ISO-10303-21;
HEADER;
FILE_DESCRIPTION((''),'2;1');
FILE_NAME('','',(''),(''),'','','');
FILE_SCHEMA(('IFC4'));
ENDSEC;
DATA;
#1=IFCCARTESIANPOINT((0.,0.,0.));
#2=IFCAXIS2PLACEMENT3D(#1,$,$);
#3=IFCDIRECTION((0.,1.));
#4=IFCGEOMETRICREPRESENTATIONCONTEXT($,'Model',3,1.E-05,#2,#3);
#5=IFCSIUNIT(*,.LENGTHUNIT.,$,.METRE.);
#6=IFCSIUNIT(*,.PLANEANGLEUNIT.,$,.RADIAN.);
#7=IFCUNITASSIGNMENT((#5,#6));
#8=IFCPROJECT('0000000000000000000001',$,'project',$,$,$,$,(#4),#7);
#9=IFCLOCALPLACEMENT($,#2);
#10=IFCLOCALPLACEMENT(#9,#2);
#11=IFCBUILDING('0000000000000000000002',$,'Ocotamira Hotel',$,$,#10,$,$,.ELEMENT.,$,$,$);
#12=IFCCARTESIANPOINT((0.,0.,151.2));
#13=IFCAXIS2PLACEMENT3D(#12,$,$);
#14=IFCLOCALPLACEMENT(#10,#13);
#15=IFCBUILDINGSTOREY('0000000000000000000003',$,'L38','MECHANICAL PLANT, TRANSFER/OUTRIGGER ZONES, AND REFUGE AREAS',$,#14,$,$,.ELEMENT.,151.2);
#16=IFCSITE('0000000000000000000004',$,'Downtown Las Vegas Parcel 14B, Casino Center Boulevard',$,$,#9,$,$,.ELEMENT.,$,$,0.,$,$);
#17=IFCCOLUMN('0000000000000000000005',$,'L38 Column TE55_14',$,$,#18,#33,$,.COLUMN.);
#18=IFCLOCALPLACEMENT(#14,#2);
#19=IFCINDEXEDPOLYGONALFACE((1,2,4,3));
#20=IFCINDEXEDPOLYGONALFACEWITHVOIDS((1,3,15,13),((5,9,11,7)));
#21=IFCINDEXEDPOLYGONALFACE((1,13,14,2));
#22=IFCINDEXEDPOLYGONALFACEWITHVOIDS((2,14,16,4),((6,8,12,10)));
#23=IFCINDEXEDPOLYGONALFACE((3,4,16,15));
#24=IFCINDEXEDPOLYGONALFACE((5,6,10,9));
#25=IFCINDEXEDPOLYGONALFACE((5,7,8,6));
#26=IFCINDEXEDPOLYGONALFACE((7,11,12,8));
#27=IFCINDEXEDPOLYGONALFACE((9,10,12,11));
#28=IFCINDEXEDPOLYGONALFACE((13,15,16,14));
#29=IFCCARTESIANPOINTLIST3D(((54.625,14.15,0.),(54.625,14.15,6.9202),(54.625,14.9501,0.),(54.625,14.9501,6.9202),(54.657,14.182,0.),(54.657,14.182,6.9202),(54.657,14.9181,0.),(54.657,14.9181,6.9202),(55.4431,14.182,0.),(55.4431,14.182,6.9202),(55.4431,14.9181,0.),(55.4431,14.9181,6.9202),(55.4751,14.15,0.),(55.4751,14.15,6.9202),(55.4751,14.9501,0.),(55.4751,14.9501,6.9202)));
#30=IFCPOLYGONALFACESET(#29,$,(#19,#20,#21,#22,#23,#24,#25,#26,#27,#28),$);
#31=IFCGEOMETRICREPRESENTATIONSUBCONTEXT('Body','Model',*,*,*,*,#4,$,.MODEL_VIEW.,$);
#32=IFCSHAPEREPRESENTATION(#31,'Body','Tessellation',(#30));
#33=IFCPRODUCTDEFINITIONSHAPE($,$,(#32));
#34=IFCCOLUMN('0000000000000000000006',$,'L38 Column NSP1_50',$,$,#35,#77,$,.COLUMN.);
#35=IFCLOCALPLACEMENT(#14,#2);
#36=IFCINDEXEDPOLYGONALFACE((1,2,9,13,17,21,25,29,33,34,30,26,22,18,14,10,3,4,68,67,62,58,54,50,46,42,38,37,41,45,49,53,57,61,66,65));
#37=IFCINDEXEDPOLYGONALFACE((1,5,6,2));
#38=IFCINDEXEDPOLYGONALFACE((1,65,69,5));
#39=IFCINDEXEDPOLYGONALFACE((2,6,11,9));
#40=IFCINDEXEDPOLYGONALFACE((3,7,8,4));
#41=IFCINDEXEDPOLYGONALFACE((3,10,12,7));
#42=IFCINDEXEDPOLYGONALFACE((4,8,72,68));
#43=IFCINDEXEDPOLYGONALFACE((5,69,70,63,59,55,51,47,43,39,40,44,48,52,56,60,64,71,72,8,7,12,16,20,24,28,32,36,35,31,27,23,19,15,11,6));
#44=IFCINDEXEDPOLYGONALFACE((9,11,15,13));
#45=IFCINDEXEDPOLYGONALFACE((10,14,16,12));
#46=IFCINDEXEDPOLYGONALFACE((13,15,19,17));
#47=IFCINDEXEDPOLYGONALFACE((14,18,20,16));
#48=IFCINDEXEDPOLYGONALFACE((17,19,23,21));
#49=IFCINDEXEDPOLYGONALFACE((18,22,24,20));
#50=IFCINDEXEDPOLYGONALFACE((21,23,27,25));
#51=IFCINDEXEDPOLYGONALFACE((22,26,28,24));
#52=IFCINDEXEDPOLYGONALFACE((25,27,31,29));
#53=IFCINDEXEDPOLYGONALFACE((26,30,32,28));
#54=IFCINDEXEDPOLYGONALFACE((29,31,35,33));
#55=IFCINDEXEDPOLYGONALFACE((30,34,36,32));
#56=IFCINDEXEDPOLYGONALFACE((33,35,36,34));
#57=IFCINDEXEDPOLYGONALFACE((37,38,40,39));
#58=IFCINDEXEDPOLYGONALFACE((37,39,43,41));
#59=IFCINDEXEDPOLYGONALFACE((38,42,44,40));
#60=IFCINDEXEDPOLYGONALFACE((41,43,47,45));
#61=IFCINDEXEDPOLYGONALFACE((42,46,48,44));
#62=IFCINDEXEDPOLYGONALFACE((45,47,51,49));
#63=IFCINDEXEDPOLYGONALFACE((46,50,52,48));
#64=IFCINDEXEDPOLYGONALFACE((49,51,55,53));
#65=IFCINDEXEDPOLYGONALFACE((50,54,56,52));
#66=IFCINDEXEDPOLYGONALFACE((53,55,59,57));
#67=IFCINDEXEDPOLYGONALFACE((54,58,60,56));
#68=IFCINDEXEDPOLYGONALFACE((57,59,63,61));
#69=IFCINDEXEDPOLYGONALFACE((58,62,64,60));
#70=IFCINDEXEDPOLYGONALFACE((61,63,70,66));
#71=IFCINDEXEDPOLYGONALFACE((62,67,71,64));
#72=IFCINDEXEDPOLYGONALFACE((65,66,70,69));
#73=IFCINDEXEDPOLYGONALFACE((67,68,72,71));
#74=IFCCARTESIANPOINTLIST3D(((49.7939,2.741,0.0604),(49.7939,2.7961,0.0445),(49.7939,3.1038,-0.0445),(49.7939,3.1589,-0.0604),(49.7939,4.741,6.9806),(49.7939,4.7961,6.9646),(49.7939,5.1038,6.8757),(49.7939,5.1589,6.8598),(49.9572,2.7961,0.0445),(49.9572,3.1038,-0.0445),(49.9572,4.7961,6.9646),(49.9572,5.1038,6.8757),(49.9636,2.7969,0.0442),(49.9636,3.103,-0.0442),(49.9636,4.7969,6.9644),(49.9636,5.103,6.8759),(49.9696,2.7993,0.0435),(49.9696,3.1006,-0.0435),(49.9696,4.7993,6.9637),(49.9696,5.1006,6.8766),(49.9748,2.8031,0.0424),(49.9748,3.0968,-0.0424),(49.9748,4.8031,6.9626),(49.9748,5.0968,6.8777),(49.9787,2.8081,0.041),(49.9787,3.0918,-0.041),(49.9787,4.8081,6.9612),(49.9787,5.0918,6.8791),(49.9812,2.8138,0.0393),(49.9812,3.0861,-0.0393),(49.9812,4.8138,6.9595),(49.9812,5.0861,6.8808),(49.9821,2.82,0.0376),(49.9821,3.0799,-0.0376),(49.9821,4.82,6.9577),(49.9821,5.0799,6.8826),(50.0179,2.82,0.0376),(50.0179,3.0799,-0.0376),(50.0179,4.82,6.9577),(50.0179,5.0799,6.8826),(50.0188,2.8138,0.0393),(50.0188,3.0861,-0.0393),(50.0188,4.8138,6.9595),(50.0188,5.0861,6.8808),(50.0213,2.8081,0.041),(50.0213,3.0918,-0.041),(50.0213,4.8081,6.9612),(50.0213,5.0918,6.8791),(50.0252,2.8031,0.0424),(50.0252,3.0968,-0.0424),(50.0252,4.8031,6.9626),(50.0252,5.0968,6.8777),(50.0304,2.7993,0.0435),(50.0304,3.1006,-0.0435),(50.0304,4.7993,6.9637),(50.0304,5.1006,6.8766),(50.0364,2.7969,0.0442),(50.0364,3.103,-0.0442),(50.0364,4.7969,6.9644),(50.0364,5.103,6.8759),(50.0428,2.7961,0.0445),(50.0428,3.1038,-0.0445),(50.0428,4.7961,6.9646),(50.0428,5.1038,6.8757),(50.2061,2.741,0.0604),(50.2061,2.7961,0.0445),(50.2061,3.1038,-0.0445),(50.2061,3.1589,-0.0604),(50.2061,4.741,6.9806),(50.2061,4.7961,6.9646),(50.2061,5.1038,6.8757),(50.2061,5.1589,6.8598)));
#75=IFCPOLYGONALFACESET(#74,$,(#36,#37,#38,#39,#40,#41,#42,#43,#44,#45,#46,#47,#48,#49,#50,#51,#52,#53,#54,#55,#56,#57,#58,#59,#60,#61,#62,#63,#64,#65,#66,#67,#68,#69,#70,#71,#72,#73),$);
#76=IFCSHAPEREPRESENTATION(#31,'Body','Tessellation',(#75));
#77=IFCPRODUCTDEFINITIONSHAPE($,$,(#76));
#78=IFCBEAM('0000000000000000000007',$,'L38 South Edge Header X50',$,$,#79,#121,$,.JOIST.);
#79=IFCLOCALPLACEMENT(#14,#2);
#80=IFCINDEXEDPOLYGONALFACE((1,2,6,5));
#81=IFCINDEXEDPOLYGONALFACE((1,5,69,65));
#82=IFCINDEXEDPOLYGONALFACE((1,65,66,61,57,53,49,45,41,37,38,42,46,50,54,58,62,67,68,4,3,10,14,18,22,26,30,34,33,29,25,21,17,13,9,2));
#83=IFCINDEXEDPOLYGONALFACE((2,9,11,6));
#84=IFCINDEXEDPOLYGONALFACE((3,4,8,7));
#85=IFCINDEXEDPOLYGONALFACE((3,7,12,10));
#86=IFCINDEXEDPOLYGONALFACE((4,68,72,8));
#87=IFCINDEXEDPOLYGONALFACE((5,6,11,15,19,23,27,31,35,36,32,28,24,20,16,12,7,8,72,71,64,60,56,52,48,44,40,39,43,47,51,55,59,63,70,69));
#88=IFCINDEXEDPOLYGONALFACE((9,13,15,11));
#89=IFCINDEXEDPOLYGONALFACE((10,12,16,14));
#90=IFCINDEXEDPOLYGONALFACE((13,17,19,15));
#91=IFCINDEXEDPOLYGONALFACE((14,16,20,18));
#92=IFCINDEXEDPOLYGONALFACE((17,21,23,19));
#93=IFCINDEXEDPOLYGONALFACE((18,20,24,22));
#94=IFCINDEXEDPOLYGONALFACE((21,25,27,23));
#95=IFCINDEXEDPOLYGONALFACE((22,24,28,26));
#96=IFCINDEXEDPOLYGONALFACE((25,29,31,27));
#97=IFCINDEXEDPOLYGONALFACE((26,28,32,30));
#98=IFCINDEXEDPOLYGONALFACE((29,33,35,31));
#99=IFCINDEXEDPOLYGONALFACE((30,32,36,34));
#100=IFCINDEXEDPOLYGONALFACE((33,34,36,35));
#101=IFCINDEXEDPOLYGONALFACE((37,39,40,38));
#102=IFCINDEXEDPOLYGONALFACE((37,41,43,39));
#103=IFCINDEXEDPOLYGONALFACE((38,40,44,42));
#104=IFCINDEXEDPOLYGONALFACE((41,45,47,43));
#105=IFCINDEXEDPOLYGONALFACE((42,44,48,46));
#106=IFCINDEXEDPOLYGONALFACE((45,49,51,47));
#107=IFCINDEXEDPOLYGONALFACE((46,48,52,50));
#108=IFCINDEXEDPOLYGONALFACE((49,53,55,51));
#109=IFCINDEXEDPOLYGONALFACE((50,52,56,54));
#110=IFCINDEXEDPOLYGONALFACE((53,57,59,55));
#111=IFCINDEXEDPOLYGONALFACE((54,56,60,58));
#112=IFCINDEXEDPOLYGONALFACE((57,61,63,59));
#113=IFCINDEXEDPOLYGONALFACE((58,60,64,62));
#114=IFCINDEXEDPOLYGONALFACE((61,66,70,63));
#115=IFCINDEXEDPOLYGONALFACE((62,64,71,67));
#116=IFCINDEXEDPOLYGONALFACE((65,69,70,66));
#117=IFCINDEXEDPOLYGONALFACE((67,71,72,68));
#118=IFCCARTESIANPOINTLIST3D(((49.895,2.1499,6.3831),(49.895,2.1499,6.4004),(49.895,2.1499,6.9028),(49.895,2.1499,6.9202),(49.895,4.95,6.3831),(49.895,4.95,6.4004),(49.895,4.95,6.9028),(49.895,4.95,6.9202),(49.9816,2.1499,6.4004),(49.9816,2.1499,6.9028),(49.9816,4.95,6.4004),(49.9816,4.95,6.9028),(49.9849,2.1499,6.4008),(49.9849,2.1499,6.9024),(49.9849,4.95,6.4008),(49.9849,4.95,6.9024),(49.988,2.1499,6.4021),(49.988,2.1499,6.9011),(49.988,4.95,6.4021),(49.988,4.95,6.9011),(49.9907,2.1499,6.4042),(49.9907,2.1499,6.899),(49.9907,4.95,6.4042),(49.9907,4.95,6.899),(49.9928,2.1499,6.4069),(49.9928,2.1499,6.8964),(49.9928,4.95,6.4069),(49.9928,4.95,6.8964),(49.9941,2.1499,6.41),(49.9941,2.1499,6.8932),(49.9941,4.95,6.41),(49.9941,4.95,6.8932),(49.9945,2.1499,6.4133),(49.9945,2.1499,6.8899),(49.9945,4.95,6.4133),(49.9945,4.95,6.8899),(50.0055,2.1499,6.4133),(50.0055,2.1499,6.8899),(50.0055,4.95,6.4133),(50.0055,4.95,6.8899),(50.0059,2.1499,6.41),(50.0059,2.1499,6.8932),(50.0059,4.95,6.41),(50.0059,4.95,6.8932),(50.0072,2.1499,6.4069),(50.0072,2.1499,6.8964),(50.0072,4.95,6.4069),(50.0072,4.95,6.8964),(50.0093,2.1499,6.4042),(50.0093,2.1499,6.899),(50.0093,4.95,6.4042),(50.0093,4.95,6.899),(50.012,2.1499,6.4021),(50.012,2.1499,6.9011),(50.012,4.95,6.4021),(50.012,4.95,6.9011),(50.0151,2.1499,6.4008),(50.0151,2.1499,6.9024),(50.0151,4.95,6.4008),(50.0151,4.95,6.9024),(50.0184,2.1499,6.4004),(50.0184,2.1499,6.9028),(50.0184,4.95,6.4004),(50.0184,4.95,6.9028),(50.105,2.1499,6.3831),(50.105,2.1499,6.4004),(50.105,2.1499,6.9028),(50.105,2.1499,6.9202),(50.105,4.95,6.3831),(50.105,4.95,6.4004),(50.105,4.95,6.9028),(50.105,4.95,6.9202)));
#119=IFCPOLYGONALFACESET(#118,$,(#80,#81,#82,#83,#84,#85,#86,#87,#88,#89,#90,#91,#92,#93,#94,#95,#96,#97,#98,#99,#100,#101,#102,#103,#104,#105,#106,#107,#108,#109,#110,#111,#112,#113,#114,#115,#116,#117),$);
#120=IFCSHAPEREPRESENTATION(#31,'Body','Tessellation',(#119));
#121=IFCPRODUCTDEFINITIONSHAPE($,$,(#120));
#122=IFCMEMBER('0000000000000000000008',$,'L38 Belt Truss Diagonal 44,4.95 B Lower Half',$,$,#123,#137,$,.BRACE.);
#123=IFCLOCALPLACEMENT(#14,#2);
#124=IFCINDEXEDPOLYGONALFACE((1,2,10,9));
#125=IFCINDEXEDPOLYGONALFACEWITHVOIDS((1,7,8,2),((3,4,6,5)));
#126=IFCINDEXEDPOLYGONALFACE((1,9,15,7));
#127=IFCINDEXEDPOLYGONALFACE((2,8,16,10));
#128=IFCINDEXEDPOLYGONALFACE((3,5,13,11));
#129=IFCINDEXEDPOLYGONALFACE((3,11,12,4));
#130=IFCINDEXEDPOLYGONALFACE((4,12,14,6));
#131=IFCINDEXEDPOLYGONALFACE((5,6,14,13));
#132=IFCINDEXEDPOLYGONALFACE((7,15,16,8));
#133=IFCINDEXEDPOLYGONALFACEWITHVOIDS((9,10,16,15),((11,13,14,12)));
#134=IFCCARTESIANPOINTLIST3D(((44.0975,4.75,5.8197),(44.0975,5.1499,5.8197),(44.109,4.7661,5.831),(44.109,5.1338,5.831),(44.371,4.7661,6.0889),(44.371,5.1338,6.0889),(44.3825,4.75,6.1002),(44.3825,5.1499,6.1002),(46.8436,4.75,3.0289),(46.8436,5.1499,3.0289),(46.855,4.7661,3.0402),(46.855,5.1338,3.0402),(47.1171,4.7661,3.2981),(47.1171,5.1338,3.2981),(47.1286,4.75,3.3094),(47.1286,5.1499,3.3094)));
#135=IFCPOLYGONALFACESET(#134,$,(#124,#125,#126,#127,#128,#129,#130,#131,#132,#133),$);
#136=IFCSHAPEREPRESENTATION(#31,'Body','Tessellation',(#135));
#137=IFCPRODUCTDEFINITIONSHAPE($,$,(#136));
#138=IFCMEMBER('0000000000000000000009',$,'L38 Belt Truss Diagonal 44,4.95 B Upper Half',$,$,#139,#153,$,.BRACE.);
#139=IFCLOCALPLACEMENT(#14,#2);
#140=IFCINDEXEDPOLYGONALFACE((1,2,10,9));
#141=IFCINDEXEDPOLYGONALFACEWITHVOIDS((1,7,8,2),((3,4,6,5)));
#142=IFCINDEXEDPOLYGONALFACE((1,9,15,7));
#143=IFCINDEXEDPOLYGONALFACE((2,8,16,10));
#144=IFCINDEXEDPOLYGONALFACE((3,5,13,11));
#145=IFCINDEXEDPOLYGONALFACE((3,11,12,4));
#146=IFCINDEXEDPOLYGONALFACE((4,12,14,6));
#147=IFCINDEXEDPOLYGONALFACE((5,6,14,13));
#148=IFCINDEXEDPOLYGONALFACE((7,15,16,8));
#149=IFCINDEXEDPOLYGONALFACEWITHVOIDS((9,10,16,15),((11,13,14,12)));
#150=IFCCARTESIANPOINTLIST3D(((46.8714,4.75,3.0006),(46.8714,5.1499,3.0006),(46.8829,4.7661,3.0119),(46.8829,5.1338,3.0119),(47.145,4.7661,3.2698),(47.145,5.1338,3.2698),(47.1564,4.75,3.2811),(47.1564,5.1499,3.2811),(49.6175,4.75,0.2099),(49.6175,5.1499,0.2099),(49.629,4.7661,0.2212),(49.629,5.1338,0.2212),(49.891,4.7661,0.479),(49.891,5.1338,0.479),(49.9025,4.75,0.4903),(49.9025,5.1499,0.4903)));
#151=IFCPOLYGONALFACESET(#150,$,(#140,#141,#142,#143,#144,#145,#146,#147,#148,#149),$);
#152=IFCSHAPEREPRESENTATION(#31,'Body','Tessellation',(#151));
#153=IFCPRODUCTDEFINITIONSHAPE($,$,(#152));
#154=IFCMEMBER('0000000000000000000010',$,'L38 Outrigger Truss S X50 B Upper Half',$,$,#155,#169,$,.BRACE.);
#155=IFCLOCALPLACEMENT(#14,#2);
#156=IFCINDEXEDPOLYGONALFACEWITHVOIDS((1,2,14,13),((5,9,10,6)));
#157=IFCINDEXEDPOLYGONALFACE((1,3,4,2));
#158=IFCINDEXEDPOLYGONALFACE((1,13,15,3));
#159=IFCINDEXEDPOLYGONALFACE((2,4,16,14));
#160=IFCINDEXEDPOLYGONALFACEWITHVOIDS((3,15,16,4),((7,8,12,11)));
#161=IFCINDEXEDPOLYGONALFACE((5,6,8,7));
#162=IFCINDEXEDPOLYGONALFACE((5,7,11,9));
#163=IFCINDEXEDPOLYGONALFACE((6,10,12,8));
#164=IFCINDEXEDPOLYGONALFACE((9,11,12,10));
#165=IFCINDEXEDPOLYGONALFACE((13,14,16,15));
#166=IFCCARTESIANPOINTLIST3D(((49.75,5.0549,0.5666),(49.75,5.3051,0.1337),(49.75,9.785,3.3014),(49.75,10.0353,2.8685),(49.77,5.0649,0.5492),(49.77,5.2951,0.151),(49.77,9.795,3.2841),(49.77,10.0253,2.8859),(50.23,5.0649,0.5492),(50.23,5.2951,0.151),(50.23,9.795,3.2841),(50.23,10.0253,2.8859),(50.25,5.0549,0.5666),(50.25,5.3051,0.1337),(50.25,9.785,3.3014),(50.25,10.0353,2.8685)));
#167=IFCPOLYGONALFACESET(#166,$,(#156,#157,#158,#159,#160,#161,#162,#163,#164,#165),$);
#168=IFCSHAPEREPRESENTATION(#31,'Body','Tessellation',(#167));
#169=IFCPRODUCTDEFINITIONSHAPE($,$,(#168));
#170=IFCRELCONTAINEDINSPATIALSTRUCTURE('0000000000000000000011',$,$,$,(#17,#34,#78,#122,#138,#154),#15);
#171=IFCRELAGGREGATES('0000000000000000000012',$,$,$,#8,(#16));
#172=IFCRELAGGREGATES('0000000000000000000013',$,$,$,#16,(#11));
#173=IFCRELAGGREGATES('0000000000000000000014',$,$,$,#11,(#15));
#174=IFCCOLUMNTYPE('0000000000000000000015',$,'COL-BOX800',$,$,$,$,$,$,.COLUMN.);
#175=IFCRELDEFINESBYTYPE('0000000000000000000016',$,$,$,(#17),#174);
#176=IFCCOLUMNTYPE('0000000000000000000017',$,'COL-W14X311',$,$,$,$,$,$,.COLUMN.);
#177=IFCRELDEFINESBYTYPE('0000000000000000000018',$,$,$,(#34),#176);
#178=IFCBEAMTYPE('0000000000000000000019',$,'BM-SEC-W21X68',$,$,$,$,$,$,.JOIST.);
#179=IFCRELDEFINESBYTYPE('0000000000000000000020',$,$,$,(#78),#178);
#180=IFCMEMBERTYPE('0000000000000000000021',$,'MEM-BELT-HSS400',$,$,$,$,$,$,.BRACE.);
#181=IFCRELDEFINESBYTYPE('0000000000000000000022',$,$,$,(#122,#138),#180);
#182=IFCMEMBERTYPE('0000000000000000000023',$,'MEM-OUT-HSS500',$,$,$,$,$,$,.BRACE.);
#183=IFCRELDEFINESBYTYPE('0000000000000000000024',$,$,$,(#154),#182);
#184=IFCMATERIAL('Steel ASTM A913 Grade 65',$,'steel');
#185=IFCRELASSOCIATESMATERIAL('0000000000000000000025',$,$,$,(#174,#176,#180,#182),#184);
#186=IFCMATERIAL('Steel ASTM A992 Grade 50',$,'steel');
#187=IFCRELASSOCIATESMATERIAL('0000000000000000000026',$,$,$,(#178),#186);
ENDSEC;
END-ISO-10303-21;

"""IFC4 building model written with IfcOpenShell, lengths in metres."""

from ifc_helpers import new_model, si_unit, direction, frame, origin, origin_2d, place, context, subcontext, project, spatial, hollow_rectangle, i_section, extrude, source, transform, mapped, material, material_profile, profile_set, type_object, element, save


model = new_model("IFC4")

# Units and contexts
model_context = context("Model", 3, precision=1e-05, world=origin(), true_north=direction((0.0, 1.0)))
body_context = subcontext(model_context, "Body", "Model", "MODEL_VIEW")
ifc_project = project(units=[si_unit("LENGTHUNIT", "METRE"), si_unit("PLANEANGLEUNIT", "RADIAN")], contexts=[model_context])

# Site, building, storey
site_placement = place(None, origin())
site = spatial("IfcSite", under=ifc_project, at=site_placement, Name="Downtown Las Vegas Parcel 14B, Casino Center Boulevard", CompositionType="ELEMENT", RefElevation=0.0)
building_placement = place(site_placement, origin())
building = spatial("IfcBuilding", under=site, at=building_placement, Name="Ocotamira Hotel", CompositionType="ELEMENT")
storey_placement = place(building_placement, frame((0.0, 0.0, 151.2)))
storey = spatial("IfcBuildingStorey", under=building, at=storey_placement, Name="L38", Description="MECHANICAL PLANT, TRANSFER/OUTRIGGER ZONES, AND REFUGE AREAS", CompositionType="ELEMENT", Elevation=151.2)

# Columns
ifc_material_1 = material(Name="Steel ASTM A913 Grade 65", Category="steel")
ifc_material_profile_1 = material_profile(ifc_material_1, hollow_rectangle(XDim=0.8501, YDim=0.8, WallThickness=0.032, at=origin_2d()), Name="BOX800X850X32")
ifc_profile_set_1 = profile_set([ifc_material_profile_1], Name="Steel ASTM A913 Grade 65")
column_type_1 = type_object("IfcColumnType", Name="COL-BOX800", PredefinedType="COLUMN", material=ifc_profile_set_1)
shared_shape_1 = source(origin(), body_context, "Body", "SweptSolid", [
    extrude(hollow_rectangle(XDim=0.8501, YDim=0.8, WallThickness=0.032, at=origin_2d()), origin(), (0.0, 0.0, 1.0), 6.9202),
])
column_1_placement = place(storey_placement, frame((55.05, 14.55, 0.0), z_axis=(0.0, 0.0, 1.0), x_axis=(1.0, 0.0, 0.0)))
element("IfcColumn", 1, at=column_1_placement, inside=storey, type_object=column_type_1, Name="L38 Column TE55_14", PredefinedType="COLUMN", context=body_context, shape_type="MappedRepresentation", body=[
    mapped(shared_shape_1, transform((0.0, 0.0, 0.0), scale=1.0)),
])
ifc_material_profile_2 = material_profile(ifc_material_1, i_section(OverallWidth=0.4121, OverallDepth=0.4351, WebThickness=0.0359, FlangeThickness=0.0574, FilletRadius=0.0249, at=origin_2d()), Name="W14X311")
ifc_profile_set_2 = profile_set([ifc_material_profile_2], Name="Steel ASTM A913 Grade 65")
column_type_2 = type_object("IfcColumnType", Name="COL-W14X311", PredefinedType="COLUMN", material=ifc_profile_set_2)
shared_shape_2 = source(origin(), body_context, "Body", "SweptSolid", [
    extrude(i_section(OverallWidth=0.4121, OverallDepth=0.4351, WebThickness=0.0359, FlangeThickness=0.0574, FilletRadius=0.0249, at=origin_2d()), origin(), (0.0, 0.0, 1.0), 7.2034),
])
column_2_placement = place(storey_placement, frame((50.0, 2.95, 0.0), z_axis=(0.0, 0.277647, 0.960683), x_axis=(-1.0, 0.0, 0.0)))
element("IfcColumn", 2, at=column_2_placement, inside=storey, type_object=column_type_2, Name="L38 Column NSP1_50", PredefinedType="COLUMN", context=body_context, shape_type="MappedRepresentation", body=[
    mapped(shared_shape_2, transform((0.0, 0.0, 0.0), scale=1.0)),
])

# Beam
ifc_material_2 = material(Name="Steel ASTM A992 Grade 50", Category="steel")
ifc_material_profile_3 = material_profile(ifc_material_2, i_section(OverallWidth=0.21, OverallDepth=0.5371, WebThickness=0.011, FlangeThickness=0.0173, FilletRadius=0.0129, at=origin_2d()), Name="W21X68")
ifc_profile_set_3 = profile_set([ifc_material_profile_3], Name="Steel ASTM A992 Grade 50")
beam_type = type_object("IfcBeamType", Name="BM-SEC-W21X68", PredefinedType="JOIST", material=ifc_profile_set_3)
shared_shape_3 = source(origin(), body_context, "Body", "SweptSolid", [
    extrude(i_section(OverallWidth=0.21, OverallDepth=0.5371, WebThickness=0.011, FlangeThickness=0.0173, FilletRadius=0.0129, at=origin_2d()), origin(), (0.0, 0.0, 1.0), 2.8),
])
beam_placement = place(storey_placement, frame((50.0, 4.95, 6.6516), z_axis=(0.0, -1.0, 0.0), x_axis=(1.0, 0.0, 0.0)))
element("IfcBeam", 3, at=beam_placement, inside=storey, type_object=beam_type, Name="L38 South Edge Header X50", PredefinedType="JOIST", context=body_context, shape_type="MappedRepresentation", body=[
    mapped(shared_shape_3, transform((0.0, 0.0, 0.0), scale=1.0)),
])

# Members
ifc_material_profile_4 = material_profile(ifc_material_1, hollow_rectangle(XDim=0.3999, YDim=0.3999, WallThickness=0.0161, at=origin_2d()), Name="HSS400X400X16")
ifc_profile_set_4 = profile_set([ifc_material_profile_4], Name="Steel ASTM A913 Grade 65")
member_type_1 = type_object("IfcMemberType", Name="MEM-BELT-HSS400", PredefinedType="BRACE", material=ifc_profile_set_4)
shared_shape_4 = source(origin(), body_context, "Body", "SweptSolid", [
    extrude(hollow_rectangle(XDim=0.3999, YDim=0.3999, WallThickness=0.0161, at=origin_2d()), origin(), (0.0, 0.0, 1.0), 3.9153),
])
for number, where, z_axis, x_axis, name in (
    (4, (44.24, 4.95, 5.96), (0.701378, 0.0, -0.712789), (0.0, 1.0, 0.0), "L38 Belt Truss Diagonal 44,4.95 B Lower Half"),
    (5, (47.0139, 4.95, 3.1409), (0.701378, 0.0, -0.712789), (0.0, 1.0, 0.0), "L38 Belt Truss Diagonal 44,4.95 B Upper Half"),
):
    element("IfcMember", number, at=place(storey_placement, frame(where, z_axis=z_axis, x_axis=x_axis)), inside=storey, type_object=member_type_1, Name=name, PredefinedType="BRACE", context=body_context, shape_type="MappedRepresentation", body=[
        mapped(shared_shape_4, transform((0.0, 0.0, 0.0), scale=1.0)),
    ])
ifc_material_profile_5 = material_profile(ifc_material_1, hollow_rectangle(XDim=0.5, YDim=0.5, WallThickness=0.02, at=origin_2d()), Name="HSS500X500X20")
ifc_profile_set_5 = profile_set([ifc_material_profile_5], Name="Steel ASTM A913 Grade 65")
member_type_2 = type_object("IfcMemberType", Name="MEM-OUT-HSS500", PredefinedType="BRACE", material=ifc_profile_set_5)
shared_shape_5 = source(origin(), body_context, "Body", "SweptSolid", [
    extrude(hollow_rectangle(XDim=0.5, YDim=0.5, WallThickness=0.02, at=origin_2d()), origin(), (0.0, 0.0, 1.0), 5.4639),
])
member_placement = place(storey_placement, frame((50.0, 9.9102, 3.085), z_axis=(0.0, -0.865719, -0.500531), x_axis=(1.0, 0.0, 0.0)))
element("IfcMember", 6, at=member_placement, inside=storey, type_object=member_type_2, Name="L38 Outrigger Truss S X50 B Upper Half", PredefinedType="BRACE", context=body_context, shape_type="MappedRepresentation", body=[
    mapped(shared_shape_5, transform((0.0, 0.0, 0.0), scale=1.0)),
])

save(model, "model.ifc")
